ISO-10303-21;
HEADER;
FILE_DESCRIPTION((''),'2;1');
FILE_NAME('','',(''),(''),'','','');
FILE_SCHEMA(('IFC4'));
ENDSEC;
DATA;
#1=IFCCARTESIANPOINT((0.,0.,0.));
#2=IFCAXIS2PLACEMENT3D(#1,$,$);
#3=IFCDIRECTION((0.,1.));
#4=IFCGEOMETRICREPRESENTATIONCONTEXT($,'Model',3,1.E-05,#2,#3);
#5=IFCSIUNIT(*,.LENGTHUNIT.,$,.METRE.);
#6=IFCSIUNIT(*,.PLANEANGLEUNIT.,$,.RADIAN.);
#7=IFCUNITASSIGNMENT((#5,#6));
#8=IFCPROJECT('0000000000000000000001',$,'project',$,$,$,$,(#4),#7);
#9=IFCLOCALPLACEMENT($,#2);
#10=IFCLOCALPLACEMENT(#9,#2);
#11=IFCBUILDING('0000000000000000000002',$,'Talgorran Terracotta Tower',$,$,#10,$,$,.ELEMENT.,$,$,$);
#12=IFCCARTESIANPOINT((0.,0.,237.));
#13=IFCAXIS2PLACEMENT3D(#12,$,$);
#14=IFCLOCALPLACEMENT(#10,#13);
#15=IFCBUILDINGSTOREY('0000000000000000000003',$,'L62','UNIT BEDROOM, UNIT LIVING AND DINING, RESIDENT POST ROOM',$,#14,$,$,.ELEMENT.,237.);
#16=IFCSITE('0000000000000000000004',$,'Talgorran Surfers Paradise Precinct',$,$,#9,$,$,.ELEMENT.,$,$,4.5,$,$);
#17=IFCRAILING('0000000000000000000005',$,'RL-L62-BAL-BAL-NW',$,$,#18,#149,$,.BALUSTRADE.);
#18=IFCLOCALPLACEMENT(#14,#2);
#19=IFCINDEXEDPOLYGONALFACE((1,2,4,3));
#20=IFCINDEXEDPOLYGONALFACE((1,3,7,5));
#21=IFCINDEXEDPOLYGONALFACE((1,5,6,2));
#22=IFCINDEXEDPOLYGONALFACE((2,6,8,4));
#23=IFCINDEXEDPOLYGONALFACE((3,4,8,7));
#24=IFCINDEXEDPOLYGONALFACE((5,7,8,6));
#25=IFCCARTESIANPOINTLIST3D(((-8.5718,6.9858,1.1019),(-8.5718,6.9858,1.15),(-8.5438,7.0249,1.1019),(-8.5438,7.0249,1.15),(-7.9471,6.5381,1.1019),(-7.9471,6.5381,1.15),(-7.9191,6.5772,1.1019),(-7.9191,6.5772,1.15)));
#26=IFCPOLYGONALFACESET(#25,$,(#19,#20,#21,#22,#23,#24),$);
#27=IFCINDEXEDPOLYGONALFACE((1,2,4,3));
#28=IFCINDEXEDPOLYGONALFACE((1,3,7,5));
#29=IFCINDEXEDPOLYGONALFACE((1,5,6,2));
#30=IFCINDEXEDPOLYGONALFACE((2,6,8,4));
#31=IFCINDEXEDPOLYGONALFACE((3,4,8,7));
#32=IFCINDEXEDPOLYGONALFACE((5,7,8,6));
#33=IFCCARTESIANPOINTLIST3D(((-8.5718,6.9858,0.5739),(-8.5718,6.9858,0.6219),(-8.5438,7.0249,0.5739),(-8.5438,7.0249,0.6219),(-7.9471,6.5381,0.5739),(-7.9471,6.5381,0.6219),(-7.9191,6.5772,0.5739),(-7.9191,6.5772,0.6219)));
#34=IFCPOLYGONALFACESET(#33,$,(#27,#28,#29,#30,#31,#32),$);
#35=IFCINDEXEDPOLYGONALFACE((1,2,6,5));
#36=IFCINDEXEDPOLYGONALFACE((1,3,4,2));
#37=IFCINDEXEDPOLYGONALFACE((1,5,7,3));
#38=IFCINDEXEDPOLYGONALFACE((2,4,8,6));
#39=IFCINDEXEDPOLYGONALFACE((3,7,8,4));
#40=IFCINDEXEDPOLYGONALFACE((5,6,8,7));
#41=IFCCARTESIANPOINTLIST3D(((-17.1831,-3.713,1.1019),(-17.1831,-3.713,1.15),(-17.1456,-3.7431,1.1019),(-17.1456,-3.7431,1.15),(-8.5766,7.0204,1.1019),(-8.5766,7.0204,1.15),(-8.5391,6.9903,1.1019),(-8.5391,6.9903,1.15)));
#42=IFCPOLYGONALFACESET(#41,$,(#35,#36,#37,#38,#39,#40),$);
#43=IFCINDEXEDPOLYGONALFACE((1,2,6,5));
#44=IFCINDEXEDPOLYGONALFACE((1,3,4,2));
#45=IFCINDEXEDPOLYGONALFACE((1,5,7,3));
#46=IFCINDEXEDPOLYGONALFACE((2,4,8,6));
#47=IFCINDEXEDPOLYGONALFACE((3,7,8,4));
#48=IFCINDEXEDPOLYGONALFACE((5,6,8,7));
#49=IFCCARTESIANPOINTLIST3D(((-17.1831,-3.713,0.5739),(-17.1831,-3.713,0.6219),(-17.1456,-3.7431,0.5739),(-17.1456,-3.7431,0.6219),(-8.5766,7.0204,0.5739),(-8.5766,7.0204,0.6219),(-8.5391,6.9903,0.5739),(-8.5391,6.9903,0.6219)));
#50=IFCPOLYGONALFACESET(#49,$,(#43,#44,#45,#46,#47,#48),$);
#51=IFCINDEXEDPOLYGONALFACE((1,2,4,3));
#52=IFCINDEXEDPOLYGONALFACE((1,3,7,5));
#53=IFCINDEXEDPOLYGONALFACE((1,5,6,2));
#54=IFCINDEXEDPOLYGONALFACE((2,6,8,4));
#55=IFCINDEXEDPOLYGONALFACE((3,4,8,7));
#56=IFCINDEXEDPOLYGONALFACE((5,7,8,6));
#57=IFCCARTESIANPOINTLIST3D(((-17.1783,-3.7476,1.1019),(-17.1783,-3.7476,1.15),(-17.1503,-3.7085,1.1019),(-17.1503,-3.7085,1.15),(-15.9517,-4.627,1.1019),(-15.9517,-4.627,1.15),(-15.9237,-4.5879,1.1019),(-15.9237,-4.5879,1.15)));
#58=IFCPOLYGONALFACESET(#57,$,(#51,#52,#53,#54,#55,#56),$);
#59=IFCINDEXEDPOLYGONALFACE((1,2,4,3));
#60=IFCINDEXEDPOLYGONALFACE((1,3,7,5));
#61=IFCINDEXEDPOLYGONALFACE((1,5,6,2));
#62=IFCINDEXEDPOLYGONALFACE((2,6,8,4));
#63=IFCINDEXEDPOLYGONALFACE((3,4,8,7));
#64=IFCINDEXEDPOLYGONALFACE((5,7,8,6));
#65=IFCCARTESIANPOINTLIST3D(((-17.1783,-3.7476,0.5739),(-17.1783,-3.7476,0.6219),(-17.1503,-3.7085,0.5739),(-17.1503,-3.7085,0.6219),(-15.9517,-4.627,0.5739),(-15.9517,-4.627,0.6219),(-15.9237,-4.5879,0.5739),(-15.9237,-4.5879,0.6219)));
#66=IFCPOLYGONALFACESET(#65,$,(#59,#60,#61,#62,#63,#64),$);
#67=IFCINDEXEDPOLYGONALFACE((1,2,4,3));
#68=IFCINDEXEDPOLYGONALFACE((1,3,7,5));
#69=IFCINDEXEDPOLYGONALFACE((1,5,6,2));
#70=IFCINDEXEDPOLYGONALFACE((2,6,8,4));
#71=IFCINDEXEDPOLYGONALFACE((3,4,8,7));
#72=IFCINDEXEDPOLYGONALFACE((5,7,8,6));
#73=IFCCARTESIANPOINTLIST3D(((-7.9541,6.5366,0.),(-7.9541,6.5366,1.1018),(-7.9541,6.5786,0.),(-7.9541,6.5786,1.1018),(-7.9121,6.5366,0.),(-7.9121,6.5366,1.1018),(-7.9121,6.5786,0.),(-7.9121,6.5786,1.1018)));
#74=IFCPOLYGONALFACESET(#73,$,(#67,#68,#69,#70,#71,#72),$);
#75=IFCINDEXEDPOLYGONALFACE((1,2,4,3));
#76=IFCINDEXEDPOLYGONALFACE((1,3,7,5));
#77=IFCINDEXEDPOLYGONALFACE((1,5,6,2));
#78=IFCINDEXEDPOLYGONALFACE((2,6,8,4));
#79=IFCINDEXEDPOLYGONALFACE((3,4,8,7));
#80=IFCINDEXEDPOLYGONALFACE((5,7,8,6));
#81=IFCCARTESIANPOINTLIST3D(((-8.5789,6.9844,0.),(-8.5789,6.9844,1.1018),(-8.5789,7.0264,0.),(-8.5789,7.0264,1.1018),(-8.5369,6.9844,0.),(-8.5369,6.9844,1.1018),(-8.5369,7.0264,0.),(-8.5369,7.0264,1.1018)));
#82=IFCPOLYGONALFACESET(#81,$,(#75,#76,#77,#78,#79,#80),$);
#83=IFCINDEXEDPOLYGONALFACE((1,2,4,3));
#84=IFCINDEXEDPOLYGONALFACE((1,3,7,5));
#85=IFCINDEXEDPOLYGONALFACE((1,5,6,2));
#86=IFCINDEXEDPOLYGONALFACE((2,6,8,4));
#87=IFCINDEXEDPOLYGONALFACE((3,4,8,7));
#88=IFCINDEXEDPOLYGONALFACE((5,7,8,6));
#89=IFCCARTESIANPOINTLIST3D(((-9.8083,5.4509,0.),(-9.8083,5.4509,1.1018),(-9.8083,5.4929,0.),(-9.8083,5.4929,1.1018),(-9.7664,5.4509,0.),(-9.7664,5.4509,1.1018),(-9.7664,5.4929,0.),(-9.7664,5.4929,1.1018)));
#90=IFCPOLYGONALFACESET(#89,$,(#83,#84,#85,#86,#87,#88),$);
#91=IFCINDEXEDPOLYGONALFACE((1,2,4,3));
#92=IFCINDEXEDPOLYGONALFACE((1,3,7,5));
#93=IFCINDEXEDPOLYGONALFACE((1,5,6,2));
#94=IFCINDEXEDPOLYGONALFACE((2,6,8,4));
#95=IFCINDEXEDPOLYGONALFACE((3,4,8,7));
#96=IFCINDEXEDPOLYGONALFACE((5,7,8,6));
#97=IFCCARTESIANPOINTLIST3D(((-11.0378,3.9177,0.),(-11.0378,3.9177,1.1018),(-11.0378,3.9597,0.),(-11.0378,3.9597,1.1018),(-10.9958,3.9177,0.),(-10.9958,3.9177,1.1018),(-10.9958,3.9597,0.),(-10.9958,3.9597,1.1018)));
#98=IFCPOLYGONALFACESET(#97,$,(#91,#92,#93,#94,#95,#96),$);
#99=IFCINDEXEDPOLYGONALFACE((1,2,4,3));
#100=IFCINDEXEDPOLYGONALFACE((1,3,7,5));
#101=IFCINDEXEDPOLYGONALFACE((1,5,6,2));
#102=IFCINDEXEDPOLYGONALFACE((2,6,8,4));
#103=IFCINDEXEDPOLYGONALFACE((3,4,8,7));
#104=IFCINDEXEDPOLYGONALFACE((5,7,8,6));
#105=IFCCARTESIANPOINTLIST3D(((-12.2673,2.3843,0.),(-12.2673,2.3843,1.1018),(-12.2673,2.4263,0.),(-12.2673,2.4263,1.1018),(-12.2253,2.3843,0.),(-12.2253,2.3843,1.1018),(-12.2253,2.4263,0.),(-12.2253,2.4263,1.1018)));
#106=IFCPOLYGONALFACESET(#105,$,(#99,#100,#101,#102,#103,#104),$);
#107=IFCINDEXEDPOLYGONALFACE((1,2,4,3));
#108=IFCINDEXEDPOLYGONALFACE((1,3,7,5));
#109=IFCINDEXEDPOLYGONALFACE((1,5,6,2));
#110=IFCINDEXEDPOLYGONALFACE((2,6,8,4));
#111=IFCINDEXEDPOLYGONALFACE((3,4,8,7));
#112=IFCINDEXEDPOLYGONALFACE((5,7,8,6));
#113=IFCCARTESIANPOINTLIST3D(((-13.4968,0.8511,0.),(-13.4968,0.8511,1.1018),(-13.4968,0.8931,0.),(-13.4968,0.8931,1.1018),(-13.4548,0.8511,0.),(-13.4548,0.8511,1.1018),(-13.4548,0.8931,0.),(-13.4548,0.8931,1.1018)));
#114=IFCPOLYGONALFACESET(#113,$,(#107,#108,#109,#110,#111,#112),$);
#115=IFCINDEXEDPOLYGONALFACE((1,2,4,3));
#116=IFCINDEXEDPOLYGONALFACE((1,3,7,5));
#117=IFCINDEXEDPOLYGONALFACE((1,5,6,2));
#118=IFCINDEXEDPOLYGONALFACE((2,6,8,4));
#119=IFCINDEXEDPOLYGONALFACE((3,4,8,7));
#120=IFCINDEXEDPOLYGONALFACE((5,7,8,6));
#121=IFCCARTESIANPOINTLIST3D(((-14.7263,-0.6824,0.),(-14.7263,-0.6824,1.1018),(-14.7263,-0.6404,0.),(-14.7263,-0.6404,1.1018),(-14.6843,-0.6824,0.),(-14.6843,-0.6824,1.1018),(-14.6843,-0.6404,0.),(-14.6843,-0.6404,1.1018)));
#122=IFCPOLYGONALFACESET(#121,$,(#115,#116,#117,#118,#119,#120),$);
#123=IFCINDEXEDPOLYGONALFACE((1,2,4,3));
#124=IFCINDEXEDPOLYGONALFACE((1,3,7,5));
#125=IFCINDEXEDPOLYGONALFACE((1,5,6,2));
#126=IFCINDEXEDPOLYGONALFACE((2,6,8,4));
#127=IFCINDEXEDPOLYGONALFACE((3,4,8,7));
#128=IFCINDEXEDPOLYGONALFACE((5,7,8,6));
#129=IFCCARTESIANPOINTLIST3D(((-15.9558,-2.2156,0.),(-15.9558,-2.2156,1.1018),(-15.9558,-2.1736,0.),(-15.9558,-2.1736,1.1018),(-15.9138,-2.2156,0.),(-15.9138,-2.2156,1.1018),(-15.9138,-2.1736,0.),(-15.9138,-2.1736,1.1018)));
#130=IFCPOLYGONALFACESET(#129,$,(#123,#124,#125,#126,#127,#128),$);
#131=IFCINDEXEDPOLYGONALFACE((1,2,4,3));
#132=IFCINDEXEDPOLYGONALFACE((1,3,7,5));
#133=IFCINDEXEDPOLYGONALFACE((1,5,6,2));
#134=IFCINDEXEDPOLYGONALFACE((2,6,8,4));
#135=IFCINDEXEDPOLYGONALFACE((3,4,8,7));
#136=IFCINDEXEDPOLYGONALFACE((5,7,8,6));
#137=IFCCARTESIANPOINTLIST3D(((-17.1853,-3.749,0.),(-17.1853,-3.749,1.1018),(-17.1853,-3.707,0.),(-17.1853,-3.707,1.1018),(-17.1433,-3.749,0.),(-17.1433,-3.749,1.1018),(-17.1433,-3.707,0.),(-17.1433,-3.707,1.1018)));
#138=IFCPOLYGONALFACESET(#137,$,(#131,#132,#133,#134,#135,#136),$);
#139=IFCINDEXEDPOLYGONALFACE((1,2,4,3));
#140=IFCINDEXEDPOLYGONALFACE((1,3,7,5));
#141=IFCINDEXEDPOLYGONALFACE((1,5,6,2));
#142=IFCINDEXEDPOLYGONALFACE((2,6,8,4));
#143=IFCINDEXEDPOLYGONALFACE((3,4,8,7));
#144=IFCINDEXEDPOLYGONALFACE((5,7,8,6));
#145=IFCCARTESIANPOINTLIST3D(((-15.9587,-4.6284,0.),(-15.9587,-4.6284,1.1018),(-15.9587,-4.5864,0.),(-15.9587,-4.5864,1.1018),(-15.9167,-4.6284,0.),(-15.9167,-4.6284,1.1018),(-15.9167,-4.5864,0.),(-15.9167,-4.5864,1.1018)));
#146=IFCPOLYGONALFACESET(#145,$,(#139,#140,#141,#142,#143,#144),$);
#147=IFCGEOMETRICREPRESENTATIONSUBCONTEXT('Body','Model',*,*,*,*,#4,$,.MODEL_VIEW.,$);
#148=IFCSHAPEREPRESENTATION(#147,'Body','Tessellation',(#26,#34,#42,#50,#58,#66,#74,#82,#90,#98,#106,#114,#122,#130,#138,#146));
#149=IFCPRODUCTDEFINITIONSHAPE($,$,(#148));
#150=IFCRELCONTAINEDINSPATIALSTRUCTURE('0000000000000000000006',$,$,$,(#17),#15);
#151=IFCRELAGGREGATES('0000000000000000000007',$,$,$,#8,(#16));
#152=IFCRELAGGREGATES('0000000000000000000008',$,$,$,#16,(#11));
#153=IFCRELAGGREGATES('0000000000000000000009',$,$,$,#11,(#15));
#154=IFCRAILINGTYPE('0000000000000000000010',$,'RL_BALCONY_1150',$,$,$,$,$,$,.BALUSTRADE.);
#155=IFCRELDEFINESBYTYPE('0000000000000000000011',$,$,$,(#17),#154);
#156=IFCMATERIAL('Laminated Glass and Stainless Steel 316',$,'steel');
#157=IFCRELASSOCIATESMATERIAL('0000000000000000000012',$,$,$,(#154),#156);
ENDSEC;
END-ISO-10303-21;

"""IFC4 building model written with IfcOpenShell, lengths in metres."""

from ifc_helpers import new_model, si_unit, direction, frame, origin, origin_2d, place, context, subcontext, project, spatial, rectangle, extrude, material, type_object, element, save


model = new_model("IFC4")

# Units and contexts
model_context = context("Model", 3, precision=1e-05, world=origin(), true_north=direction((0.0, 1.0)))
body_context = subcontext(model_context, "Body", "Model", "MODEL_VIEW")
ifc_project = project(units=[si_unit("LENGTHUNIT", "METRE"), si_unit("PLANEANGLEUNIT", "RADIAN")], contexts=[model_context])

# Site, building, storey
site_placement = place(None, origin())
site = spatial("IfcSite", under=ifc_project, at=site_placement, Name="Talgorran Surfers Paradise Precinct", CompositionType="ELEMENT", RefElevation=4.5)
building_placement = place(site_placement, origin())
building = spatial("IfcBuilding", under=site, at=building_placement, Name="Talgorran Terracotta Tower", CompositionType="ELEMENT")
storey_placement = place(building_placement, frame((0.0, 0.0, 237.0)))
storey = spatial("IfcBuildingStorey", under=building, at=storey_placement, Name="L62", Description="UNIT BEDROOM, UNIT LIVING AND DINING, RESIDENT POST ROOM", CompositionType="ELEMENT", Elevation=237.0)

# Railing
ifc_material_1 = material(Name="Laminated Glass and Stainless Steel 316", Category="steel")
railing_type = type_object("IfcRailingType", Name="RL_BALCONY_1150", PredefinedType="BALUSTRADE", material=ifc_material_1)
railing_placement = place(storey_placement, frame((-7.9331, 6.5576, 0.0)))
element("IfcRailing", 1, at=railing_placement, inside=storey, type_object=railing_type, Name="RL-L62-BAL-BAL-NW", PredefinedType="BALUSTRADE", context=body_context, shape_type="SweptSolid", body=[
    extrude(rectangle(XDim=0.0481, YDim=0.0481, at=origin_2d()), frame((0.0, 0.0, 1.126), z_axis=(-0.81281, 0.582529, 0.0), x_axis=(-0.582529, -0.81281, 0.0)), (0.0, 0.0, 1.0), 0.7686),
    extrude(rectangle(XDim=0.0481, YDim=0.0481, at=origin_2d()), frame((0.0, 0.0, 0.5979), z_axis=(-0.81281, 0.582529, 0.0), x_axis=(-0.582529, -0.81281, 0.0)), (0.0, 0.0, 1.0), 0.7686),
    extrude(rectangle(XDim=0.0481, YDim=0.0481, at=origin_2d()), frame((-0.6248, 0.4478, 1.126), z_axis=(-0.625569, -0.780169, 0.0), x_axis=(0.780169, -0.625569, 0.0)), (0.0, 0.0, 1.0), 13.7578),
    extrude(rectangle(XDim=0.0481, YDim=0.0481, at=origin_2d()), frame((-0.6248, 0.4478, 0.5979), z_axis=(-0.625569, -0.780169, 0.0), x_axis=(0.780169, -0.625569, 0.0)), (0.0, 0.0, 1.0), 13.7578),
    extrude(rectangle(XDim=0.0481, YDim=0.0481, at=origin_2d()), frame((-9.2312, -10.2856, 1.126), z_axis=(0.812705, -0.582676, 0.0), x_axis=(0.582676, 0.812705, 0.0)), (0.0, 0.0, 1.0), 1.5093),
    extrude(rectangle(XDim=0.0481, YDim=0.0481, at=origin_2d()), frame((-9.2312, -10.2856, 0.5979), z_axis=(0.812705, -0.582676, 0.0), x_axis=(0.582676, 0.812705, 0.0)), (0.0, 0.0, 1.0), 1.5093),
    extrude(rectangle(XDim=0.042, YDim=0.042, at=origin_2d()), origin(), (0.0, 0.0, 1.0), 1.1018),
    extrude(rectangle(XDim=0.042, YDim=0.042, at=origin_2d()), frame((-0.6248, 0.4478, 0.0)), (0.0, 0.0, 1.0), 1.1018),
    extrude(rectangle(XDim=0.042, YDim=0.042, at=origin_2d()), frame((-1.8542, -1.0857, 0.0)), (0.0, 0.0, 1.0), 1.1018),
    extrude(rectangle(XDim=0.042, YDim=0.042, at=origin_2d()), frame((-3.0837, -2.6189, 0.0)), (0.0, 0.0, 1.0), 1.1018),
    extrude(rectangle(XDim=0.042, YDim=0.042, at=origin_2d()), frame((-4.3132, -4.1523, 0.0)), (0.0, 0.0, 1.0), 1.1018),
    extrude(rectangle(XDim=0.042, YDim=0.042, at=origin_2d()), frame((-5.5427, -5.6855, 0.0)), (0.0, 0.0, 1.0), 1.1018),
    extrude(rectangle(XDim=0.042, YDim=0.042, at=origin_2d()), frame((-6.7722, -7.219, 0.0)), (0.0, 0.0, 1.0), 1.1018),
    extrude(rectangle(XDim=0.042, YDim=0.042, at=origin_2d()), frame((-8.0017, -8.7522, 0.0)), (0.0, 0.0, 1.0), 1.1018),
    extrude(rectangle(XDim=0.042, YDim=0.042, at=origin_2d()), frame((-9.2312, -10.2856, 0.0)), (0.0, 0.0, 1.0), 1.1018),
    extrude(rectangle(XDim=0.042, YDim=0.042, at=origin_2d()), frame((-8.0046, -11.165, 0.0)), (0.0, 0.0, 1.0), 1.1018),
])

save(model, "model.ifc")
